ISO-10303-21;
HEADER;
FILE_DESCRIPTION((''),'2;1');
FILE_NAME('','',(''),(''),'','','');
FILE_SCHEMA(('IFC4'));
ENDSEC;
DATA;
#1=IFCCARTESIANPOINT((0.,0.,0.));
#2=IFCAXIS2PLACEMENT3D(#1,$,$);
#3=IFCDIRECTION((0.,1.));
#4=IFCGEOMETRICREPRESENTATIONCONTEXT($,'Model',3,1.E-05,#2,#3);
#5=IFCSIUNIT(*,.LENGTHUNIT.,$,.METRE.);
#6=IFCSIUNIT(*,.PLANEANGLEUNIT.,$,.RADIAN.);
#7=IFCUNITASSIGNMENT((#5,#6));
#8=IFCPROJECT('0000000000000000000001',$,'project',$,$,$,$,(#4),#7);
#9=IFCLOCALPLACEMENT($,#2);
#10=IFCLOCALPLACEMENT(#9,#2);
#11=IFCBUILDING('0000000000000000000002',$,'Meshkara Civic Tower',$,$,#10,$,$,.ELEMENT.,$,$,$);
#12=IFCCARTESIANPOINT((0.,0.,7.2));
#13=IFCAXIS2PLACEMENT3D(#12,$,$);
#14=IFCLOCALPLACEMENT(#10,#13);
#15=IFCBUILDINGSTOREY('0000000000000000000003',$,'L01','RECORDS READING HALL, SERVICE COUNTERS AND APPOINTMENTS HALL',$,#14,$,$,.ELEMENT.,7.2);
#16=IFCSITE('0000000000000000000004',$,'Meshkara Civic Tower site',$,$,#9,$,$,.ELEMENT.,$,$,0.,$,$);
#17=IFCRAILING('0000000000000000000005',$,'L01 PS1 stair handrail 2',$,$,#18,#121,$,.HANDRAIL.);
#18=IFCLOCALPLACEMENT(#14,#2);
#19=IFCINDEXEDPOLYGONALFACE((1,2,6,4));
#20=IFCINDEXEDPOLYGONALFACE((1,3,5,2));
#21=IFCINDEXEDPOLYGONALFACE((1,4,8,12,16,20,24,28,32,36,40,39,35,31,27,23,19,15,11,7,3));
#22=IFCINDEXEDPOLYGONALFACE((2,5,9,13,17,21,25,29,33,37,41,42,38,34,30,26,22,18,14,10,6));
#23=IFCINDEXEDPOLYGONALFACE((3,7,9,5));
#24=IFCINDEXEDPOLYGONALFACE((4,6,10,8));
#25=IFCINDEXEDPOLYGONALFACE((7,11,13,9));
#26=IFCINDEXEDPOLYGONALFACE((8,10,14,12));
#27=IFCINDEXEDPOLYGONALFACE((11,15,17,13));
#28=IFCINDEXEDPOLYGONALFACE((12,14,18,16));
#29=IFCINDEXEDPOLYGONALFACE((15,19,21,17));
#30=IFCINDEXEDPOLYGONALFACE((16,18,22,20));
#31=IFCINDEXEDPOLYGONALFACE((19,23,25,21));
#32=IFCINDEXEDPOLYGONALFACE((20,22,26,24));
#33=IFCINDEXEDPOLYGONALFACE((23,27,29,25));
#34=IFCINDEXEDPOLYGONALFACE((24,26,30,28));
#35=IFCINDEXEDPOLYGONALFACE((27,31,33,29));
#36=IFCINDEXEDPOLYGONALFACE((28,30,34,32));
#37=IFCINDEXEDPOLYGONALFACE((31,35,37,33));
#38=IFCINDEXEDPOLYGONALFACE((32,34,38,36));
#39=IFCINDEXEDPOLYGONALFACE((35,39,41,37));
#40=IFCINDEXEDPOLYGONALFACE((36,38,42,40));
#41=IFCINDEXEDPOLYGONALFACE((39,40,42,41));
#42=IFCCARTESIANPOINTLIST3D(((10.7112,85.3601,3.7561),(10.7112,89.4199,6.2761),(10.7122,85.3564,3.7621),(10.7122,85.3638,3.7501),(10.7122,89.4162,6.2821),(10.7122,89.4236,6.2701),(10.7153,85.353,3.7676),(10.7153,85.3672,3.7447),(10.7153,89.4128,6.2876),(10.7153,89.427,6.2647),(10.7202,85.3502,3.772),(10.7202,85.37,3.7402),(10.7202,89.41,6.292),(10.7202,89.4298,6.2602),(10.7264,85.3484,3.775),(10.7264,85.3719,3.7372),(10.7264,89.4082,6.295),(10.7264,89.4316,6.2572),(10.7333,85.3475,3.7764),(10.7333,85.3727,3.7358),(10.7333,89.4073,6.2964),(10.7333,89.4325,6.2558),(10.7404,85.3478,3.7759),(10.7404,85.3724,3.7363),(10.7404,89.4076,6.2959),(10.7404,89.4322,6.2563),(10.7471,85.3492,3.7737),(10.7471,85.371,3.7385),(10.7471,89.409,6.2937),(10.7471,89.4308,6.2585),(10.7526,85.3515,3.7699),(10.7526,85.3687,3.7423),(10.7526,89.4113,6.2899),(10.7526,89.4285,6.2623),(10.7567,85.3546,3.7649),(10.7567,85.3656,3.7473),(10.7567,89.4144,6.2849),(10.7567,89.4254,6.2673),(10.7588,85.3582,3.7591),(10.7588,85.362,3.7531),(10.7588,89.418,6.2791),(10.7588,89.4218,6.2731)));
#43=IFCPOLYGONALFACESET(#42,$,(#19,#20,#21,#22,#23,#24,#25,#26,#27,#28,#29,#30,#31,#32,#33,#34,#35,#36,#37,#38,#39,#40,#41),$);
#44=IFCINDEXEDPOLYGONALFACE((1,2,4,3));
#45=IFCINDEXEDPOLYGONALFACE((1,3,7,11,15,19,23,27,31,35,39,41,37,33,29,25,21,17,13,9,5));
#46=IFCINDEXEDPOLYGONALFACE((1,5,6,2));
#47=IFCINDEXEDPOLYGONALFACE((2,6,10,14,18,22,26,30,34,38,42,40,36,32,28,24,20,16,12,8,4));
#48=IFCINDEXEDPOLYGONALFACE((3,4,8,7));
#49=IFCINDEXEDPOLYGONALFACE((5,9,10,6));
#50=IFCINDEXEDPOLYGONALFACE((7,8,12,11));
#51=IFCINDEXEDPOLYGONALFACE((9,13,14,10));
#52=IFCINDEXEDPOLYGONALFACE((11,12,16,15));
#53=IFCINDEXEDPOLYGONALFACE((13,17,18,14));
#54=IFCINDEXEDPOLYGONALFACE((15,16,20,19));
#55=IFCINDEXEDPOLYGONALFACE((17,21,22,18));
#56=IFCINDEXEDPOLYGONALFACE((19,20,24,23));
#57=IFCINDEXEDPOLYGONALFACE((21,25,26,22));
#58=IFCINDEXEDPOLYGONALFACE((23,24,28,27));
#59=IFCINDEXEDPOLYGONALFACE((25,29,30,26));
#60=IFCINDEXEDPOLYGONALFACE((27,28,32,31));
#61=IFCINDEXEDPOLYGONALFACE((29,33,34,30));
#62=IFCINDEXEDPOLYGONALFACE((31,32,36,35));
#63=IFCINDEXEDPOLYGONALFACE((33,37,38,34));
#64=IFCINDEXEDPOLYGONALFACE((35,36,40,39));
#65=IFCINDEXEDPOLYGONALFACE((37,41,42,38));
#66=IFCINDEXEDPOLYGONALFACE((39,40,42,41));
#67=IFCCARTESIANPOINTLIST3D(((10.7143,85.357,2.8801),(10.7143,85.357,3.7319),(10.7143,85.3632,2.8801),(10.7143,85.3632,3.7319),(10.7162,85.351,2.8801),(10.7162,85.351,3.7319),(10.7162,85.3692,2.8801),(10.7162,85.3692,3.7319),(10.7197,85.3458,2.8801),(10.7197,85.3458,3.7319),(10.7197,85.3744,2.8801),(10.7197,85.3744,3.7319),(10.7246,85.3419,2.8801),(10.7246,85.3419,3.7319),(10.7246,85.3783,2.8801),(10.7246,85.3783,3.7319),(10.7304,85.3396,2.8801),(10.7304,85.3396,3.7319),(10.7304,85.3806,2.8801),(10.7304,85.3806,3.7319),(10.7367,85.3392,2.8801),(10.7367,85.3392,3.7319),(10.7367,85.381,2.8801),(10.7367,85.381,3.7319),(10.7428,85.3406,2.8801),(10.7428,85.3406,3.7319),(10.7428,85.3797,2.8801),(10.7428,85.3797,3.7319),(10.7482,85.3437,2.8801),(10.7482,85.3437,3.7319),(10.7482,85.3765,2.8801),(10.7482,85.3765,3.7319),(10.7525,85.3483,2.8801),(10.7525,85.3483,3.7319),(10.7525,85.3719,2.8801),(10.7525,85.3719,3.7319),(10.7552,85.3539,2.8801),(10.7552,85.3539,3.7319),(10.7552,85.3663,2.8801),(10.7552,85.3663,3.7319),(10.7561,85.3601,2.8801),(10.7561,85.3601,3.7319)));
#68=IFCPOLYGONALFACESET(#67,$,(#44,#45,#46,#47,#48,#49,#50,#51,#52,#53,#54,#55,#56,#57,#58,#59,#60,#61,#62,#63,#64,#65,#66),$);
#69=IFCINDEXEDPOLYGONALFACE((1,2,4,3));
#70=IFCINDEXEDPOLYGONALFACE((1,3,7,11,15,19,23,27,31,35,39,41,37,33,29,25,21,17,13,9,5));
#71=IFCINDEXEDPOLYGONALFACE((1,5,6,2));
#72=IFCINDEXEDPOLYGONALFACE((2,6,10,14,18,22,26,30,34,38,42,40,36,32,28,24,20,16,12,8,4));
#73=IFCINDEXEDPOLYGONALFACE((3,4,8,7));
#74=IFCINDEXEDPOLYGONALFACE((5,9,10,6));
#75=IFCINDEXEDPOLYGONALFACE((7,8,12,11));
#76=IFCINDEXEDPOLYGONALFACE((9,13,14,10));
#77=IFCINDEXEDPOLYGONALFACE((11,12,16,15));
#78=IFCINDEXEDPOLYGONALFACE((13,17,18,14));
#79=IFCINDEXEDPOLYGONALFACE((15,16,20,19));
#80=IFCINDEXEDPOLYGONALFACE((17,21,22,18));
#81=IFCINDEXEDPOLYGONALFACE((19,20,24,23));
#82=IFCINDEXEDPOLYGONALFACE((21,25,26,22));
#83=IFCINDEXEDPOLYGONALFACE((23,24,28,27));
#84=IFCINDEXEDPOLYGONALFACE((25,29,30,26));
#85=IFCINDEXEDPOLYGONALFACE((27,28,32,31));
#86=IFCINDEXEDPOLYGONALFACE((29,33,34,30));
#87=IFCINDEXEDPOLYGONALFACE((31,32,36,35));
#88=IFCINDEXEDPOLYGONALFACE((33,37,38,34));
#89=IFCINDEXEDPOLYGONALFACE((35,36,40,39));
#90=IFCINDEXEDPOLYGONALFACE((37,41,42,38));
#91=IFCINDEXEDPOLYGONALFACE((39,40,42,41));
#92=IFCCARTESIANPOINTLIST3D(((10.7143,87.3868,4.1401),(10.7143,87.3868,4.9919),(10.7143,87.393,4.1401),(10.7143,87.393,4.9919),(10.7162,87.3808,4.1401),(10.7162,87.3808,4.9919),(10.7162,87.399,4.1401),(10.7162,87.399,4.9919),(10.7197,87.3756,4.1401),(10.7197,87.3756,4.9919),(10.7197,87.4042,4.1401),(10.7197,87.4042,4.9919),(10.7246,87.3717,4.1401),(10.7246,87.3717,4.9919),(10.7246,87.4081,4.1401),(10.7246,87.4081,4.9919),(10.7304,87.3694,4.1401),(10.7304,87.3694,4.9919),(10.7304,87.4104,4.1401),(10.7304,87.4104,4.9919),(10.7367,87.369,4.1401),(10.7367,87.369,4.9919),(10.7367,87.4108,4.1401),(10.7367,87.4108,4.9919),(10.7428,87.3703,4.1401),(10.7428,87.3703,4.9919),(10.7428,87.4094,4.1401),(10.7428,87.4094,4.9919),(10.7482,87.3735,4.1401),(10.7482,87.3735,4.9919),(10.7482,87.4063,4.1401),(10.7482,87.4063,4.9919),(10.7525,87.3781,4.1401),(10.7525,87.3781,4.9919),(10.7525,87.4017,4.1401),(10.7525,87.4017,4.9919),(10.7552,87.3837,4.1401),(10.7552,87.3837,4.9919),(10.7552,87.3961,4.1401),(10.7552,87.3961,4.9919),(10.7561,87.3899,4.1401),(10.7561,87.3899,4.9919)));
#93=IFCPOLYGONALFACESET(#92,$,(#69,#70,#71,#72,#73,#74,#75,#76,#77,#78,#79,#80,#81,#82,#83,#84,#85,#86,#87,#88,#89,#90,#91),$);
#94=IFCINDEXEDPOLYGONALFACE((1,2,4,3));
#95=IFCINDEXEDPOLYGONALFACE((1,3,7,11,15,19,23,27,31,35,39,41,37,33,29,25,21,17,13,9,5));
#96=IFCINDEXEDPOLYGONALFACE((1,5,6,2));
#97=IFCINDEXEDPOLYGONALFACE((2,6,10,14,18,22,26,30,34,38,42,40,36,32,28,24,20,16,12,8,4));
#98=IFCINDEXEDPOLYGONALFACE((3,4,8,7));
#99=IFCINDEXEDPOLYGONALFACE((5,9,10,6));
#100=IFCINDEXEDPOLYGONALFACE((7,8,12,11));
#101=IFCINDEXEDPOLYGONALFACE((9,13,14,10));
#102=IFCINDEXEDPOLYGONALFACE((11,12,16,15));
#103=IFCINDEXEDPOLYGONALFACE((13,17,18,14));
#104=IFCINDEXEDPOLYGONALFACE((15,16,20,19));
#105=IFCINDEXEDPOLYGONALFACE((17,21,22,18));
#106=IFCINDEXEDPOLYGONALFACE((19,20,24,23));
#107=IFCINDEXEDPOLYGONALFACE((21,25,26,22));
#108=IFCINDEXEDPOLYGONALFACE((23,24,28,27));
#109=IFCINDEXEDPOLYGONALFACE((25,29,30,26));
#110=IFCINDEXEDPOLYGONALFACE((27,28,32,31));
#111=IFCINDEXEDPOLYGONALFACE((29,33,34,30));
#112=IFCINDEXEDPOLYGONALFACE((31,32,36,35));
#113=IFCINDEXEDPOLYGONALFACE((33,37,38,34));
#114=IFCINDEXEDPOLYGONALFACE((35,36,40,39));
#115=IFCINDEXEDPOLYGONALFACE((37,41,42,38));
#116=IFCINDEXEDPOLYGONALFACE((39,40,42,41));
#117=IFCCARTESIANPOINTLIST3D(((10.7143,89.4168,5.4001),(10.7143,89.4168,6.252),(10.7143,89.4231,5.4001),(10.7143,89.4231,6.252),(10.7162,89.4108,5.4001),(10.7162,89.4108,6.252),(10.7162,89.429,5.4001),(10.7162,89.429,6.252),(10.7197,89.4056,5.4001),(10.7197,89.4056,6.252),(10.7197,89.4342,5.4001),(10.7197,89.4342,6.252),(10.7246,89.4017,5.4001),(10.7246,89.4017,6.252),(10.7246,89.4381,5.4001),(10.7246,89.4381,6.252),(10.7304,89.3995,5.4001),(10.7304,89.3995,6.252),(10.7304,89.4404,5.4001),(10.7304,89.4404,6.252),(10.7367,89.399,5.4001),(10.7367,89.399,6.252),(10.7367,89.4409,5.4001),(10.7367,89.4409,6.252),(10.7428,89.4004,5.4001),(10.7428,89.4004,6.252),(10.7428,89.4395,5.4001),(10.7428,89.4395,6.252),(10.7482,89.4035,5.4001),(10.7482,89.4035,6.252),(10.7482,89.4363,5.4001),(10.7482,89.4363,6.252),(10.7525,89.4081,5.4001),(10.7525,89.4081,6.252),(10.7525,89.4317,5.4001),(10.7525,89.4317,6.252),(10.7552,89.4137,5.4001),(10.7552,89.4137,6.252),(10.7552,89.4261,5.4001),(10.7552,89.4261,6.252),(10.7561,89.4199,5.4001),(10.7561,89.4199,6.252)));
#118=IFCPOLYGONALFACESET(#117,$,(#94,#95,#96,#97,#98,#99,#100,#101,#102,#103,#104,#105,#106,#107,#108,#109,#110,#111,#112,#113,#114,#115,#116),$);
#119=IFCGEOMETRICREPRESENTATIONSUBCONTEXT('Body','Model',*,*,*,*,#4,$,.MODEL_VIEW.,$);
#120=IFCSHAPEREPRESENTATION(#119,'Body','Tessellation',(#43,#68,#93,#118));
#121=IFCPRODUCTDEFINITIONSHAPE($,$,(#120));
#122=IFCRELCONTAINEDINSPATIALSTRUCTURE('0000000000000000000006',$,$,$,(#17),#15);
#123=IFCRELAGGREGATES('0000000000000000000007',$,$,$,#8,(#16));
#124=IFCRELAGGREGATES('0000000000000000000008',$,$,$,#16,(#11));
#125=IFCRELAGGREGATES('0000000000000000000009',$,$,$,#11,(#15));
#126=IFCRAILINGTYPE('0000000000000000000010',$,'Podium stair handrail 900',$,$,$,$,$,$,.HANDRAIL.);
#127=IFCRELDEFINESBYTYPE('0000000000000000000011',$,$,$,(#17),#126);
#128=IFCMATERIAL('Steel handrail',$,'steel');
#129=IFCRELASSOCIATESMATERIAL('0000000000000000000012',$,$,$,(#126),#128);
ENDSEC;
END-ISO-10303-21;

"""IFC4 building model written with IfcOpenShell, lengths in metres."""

from ifc_helpers import new_model, si_unit, direction, frame, origin, origin_2d, place, context, subcontext, project, spatial, circle, extrude, material, type_object, element, save


model = new_model("IFC4")

# Units and contexts
model_context = context("Model", 3, precision=1e-05, world=origin(), true_north=direction((0.0, 1.0)))
body_context = subcontext(model_context, "Body", "Model", "MODEL_VIEW")
ifc_project = project(units=[si_unit("LENGTHUNIT", "METRE"), si_unit("PLANEANGLEUNIT", "RADIAN")], contexts=[model_context])

# Site, building, storey
site_placement = place(None, origin())
site = spatial("IfcSite", under=ifc_project, at=site_placement, Name="Meshkara Civic Tower site", CompositionType="ELEMENT", RefElevation=0.0)
building_placement = place(site_placement, origin())
building = spatial("IfcBuilding", under=site, at=building_placement, Name="Meshkara Civic Tower", CompositionType="ELEMENT")
storey_placement = place(building_placement, frame((0.0, 0.0, 7.2)))
storey = spatial("IfcBuildingStorey", under=building, at=storey_placement, Name="L01", Description="RECORDS READING HALL, SERVICE COUNTERS AND APPOINTMENTS HALL", CompositionType="ELEMENT", Elevation=7.2)

# Railing
ifc_material_1 = material(Name="Steel handrail", Category="steel")
railing_type_1 = type_object("IfcRailingType", Name="Podium stair handrail 900", PredefinedType="HANDRAIL", material=ifc_material_1)
railing_1_placement = place(storey_placement, frame((10.7351, 85.3601, 2.8801)))
element("IfcRailing", 1, at=railing_1_placement, inside=storey, type_object=railing_type_1, Name="L01 PS1 stair handrail 2", PredefinedType="HANDRAIL", context=body_context, shape_type="SweptSolid", body=[
    extrude(circle(Radius=0.0239, at=origin_2d()), frame((0.0, 0.0, 0.876), z_axis=(0.0, 0.849628, 0.527383), x_axis=(-1.0, 0.0, 0.0)), (0.0, 0.0, 1.0), 4.7783),
    extrude(circle(Radius=0.021, at=origin_2d()), origin(), (0.0, 0.0, 1.0), 0.8518),
    extrude(circle(Radius=0.021, at=origin_2d()), frame((0.0, 2.0298, 1.26)), (0.0, 0.0, 1.0), 0.8518),
    extrude(circle(Radius=0.021, at=origin_2d()), frame((0.0, 4.0598, 2.52)), (0.0, 0.0, 1.0), 0.8518),
])

save(model, "model.ifc")
